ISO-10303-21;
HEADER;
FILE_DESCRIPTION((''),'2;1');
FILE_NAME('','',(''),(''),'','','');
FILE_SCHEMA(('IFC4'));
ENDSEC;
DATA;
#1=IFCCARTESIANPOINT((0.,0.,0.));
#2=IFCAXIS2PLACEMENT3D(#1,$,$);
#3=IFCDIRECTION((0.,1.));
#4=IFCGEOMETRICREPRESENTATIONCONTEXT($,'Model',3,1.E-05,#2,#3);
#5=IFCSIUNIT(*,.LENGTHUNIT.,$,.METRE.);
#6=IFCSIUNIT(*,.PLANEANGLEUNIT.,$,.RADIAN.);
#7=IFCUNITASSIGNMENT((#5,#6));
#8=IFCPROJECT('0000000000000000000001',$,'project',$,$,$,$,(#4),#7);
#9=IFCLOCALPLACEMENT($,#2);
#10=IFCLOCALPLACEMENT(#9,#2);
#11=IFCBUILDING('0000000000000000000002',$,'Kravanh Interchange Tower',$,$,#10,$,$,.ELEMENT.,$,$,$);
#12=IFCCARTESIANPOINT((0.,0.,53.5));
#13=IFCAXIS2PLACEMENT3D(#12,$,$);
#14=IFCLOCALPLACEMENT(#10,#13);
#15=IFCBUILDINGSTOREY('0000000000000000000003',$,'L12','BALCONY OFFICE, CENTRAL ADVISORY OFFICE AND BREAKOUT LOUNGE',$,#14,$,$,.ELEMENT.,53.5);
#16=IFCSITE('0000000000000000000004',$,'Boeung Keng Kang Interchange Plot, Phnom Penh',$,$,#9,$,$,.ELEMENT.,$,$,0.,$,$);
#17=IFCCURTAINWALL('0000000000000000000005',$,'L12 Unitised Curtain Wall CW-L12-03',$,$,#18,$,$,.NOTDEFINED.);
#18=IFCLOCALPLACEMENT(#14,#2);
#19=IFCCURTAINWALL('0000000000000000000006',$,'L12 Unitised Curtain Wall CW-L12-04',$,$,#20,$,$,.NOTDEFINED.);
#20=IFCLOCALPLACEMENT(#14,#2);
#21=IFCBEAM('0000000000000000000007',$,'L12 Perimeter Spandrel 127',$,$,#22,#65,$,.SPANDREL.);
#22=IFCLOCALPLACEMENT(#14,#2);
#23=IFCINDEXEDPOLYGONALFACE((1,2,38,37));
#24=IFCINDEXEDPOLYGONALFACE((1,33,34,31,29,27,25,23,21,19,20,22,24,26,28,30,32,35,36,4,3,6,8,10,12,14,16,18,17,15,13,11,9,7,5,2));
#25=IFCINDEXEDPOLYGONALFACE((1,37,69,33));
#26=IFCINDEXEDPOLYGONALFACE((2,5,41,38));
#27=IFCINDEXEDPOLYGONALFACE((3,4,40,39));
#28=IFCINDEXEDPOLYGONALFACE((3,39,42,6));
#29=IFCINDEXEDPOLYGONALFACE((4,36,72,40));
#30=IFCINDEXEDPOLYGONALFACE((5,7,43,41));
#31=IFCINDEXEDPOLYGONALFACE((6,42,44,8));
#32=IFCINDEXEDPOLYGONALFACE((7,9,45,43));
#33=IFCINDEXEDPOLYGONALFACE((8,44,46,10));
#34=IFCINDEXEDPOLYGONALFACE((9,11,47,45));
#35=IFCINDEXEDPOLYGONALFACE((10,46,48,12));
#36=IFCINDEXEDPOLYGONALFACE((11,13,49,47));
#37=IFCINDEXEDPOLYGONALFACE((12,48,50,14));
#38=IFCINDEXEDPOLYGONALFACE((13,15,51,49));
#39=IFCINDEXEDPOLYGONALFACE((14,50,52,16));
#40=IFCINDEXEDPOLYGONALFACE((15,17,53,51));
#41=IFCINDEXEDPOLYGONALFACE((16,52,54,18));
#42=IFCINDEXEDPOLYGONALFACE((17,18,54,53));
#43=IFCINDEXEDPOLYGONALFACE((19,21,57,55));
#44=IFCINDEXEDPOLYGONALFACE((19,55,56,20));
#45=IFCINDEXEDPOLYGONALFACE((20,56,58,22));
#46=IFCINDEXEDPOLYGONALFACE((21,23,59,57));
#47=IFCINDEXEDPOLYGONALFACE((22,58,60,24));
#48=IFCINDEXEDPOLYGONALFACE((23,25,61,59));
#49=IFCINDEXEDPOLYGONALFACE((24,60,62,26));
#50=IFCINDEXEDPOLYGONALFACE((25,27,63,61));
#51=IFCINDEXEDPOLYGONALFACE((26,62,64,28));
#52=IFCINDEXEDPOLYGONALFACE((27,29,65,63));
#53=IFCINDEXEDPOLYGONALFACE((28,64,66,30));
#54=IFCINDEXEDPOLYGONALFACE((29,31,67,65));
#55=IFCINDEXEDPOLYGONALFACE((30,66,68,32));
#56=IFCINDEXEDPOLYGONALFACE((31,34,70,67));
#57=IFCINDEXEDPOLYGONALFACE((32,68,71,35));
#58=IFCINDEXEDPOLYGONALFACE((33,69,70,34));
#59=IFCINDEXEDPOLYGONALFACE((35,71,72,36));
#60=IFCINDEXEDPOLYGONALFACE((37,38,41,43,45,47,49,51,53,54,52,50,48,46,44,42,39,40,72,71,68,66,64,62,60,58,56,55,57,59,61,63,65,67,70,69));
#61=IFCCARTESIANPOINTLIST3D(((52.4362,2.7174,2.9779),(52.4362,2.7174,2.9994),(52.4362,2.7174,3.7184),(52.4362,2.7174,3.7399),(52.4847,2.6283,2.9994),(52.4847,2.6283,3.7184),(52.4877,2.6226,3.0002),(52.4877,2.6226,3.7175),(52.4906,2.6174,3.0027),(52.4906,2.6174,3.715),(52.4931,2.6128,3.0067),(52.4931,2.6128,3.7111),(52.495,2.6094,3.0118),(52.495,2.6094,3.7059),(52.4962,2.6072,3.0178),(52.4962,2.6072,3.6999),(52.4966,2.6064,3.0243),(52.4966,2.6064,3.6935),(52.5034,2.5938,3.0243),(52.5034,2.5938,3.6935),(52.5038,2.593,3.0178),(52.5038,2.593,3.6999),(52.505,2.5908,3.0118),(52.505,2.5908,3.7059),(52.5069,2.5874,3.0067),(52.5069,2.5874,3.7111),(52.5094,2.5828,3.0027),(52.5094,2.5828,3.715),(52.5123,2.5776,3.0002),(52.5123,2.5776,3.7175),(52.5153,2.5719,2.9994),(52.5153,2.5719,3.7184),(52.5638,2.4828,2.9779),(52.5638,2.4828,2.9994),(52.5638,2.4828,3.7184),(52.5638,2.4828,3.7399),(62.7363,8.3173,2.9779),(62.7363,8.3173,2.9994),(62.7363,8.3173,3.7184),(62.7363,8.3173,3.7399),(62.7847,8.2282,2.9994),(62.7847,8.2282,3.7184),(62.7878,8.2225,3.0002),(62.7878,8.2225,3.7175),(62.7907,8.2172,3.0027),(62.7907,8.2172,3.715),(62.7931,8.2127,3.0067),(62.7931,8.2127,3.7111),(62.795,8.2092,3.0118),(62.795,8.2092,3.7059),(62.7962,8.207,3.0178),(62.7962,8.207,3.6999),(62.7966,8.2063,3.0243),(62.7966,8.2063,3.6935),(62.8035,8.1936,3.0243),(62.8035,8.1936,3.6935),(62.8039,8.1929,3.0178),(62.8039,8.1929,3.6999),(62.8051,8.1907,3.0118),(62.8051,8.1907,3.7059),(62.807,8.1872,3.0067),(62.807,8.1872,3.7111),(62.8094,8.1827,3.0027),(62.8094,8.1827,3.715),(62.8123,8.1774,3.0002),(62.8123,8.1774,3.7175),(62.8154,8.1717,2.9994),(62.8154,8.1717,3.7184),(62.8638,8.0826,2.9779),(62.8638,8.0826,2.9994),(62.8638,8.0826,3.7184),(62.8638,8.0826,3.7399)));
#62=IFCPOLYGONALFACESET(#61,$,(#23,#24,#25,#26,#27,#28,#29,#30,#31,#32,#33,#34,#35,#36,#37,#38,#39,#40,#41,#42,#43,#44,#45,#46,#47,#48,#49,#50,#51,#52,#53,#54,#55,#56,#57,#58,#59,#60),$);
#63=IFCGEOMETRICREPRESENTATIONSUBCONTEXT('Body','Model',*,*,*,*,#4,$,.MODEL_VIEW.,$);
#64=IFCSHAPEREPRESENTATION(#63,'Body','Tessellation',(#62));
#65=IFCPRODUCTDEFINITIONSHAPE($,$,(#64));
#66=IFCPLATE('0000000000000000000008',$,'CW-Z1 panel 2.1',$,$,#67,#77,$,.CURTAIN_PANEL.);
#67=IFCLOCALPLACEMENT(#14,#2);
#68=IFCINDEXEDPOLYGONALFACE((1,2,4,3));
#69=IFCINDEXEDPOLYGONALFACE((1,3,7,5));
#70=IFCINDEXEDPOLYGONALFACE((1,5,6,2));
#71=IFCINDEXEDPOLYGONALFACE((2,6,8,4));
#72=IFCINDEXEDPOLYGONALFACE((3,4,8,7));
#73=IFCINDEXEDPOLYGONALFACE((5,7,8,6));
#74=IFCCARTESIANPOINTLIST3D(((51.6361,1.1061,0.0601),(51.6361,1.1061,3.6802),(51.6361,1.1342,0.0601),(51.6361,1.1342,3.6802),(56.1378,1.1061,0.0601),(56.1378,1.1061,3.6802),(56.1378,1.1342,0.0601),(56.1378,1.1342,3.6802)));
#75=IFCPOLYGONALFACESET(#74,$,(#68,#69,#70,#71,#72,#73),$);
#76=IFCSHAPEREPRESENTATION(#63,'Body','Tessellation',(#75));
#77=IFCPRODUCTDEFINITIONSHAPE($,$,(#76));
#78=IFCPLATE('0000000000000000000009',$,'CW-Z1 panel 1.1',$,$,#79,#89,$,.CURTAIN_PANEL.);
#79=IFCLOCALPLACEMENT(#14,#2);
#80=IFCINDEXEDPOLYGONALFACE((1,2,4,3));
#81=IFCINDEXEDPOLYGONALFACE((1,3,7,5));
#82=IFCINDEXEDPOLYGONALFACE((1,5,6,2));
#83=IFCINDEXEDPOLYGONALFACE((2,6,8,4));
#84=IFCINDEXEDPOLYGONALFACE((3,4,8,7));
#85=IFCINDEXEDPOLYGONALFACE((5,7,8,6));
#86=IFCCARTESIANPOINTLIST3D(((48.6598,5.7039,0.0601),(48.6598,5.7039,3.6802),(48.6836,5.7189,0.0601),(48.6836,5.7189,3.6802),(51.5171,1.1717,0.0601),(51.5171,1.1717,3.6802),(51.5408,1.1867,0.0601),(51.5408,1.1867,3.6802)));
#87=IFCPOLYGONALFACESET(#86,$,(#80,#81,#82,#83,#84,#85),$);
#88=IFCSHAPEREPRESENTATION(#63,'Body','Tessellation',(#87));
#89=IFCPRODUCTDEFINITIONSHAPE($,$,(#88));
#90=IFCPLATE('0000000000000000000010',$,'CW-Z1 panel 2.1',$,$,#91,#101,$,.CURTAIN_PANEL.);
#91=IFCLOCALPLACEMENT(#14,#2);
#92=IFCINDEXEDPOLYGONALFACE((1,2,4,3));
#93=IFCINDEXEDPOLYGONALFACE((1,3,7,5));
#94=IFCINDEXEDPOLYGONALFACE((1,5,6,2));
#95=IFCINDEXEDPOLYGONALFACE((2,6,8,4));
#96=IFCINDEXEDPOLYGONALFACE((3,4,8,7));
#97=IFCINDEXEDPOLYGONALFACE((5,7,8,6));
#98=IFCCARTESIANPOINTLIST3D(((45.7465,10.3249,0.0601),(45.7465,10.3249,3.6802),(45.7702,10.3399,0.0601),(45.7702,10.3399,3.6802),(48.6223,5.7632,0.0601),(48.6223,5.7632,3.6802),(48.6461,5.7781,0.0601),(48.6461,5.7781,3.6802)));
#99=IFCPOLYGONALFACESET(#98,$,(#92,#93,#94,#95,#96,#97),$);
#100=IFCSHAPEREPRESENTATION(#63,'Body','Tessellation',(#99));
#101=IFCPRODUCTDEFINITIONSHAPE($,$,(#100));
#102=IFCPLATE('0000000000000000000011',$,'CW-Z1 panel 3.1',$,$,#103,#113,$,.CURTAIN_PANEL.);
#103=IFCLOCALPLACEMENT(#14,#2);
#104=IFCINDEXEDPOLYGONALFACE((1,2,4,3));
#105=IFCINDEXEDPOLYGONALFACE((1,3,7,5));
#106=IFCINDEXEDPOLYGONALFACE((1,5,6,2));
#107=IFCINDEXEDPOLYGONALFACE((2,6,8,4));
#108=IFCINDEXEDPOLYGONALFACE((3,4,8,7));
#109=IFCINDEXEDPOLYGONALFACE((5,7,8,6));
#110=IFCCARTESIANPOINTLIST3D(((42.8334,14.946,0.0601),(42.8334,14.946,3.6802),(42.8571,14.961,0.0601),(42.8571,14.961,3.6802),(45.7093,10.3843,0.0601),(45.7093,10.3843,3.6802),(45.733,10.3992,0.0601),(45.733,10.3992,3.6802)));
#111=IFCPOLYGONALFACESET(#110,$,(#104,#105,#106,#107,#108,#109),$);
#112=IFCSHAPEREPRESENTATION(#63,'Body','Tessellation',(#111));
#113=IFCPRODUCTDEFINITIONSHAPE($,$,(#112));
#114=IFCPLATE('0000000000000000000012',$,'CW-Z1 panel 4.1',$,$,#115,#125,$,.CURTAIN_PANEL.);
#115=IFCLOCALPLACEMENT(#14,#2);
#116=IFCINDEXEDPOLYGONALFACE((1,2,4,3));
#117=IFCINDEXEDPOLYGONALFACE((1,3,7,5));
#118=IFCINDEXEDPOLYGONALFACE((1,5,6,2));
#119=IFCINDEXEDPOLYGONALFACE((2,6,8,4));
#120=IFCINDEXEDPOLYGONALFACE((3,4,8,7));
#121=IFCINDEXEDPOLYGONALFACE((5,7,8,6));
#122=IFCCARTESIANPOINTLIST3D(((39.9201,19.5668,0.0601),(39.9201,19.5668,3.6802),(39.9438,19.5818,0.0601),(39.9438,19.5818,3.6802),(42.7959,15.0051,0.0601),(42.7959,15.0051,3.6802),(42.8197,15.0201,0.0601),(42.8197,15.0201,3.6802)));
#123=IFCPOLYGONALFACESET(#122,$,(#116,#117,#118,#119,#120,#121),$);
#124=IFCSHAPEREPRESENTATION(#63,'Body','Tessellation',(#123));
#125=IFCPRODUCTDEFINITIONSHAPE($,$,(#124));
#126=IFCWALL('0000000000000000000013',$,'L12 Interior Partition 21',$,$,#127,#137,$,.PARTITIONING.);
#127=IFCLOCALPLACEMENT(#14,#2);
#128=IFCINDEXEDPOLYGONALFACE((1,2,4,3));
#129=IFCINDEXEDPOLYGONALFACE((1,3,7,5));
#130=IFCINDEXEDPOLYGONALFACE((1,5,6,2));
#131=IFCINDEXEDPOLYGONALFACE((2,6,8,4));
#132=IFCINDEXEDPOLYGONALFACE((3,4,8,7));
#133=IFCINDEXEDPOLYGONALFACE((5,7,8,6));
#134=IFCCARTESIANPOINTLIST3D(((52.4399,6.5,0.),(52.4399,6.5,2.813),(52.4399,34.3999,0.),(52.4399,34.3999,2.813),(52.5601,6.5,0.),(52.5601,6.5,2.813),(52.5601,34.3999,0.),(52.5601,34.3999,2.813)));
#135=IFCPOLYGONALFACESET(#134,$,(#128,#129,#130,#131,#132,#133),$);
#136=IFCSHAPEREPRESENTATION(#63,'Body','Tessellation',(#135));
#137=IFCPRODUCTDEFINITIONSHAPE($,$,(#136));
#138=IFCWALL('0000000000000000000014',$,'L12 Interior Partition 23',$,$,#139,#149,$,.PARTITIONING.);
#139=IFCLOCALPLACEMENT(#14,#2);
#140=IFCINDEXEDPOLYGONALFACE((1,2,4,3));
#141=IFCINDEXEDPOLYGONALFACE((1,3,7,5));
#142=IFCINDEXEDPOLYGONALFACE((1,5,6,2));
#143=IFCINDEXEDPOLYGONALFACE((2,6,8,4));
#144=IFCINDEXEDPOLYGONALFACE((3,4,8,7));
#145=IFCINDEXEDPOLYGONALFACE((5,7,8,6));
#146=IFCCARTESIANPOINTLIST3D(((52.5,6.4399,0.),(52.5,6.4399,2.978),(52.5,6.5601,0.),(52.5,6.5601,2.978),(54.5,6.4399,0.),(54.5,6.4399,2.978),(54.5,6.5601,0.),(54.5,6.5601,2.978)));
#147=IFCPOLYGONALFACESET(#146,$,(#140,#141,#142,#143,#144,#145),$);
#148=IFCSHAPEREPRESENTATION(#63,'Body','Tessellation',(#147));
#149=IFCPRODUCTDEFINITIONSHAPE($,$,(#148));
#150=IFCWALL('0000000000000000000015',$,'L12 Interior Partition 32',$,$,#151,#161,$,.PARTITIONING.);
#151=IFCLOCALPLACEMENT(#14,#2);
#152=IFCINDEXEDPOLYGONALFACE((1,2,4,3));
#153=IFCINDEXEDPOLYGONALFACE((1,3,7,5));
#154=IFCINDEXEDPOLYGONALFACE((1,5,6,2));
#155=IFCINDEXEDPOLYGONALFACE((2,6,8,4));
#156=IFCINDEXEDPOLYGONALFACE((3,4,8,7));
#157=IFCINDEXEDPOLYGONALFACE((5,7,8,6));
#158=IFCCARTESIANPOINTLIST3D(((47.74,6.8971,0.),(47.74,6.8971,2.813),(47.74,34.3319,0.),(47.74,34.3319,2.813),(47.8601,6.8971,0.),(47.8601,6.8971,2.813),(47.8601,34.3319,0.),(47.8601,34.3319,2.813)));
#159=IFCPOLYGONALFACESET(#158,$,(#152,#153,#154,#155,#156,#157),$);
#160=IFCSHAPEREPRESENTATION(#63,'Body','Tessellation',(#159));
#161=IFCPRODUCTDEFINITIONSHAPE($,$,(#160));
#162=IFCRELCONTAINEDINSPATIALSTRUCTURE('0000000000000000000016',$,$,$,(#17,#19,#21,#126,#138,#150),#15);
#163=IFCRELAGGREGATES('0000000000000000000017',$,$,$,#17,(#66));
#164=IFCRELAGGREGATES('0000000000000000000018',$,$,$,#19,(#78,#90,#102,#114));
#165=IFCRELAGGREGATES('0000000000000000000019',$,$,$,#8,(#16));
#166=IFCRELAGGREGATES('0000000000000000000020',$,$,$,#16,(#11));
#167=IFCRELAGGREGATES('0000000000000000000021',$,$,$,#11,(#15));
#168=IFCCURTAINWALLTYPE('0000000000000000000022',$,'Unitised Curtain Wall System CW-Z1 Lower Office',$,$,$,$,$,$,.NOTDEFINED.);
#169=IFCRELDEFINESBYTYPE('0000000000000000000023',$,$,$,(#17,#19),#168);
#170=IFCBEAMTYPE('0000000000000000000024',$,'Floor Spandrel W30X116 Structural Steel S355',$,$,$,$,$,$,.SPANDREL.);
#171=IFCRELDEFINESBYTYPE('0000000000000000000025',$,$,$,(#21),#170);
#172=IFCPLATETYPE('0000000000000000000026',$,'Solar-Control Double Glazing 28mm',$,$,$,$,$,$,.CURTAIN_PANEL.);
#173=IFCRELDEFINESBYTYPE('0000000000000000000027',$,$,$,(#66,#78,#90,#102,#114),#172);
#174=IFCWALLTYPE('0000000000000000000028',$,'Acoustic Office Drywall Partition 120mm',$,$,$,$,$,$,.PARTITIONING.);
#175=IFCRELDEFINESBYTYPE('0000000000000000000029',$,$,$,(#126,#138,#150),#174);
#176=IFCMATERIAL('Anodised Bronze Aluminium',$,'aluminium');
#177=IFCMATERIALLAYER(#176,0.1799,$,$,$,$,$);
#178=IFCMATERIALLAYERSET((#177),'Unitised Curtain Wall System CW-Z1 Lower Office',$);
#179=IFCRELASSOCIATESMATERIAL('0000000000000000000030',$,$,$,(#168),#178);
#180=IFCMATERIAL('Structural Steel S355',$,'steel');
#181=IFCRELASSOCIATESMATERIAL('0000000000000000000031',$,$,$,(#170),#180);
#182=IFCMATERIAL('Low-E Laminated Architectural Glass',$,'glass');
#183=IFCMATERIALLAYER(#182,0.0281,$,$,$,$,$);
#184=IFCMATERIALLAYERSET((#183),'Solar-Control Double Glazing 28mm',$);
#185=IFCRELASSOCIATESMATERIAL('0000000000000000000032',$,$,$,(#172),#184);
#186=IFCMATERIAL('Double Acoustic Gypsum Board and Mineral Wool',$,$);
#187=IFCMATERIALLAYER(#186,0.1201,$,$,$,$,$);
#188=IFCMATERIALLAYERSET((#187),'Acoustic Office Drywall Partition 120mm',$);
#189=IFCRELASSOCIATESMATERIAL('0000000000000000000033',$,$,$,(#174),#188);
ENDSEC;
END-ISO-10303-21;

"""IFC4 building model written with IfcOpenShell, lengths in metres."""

from ifc_helpers import new_model, si_unit, direction, frame, frame_2d, origin, origin_2d, place, context, subcontext, project, spatial, rectangle, i_section, extrude, material, layer, layer_set, material_profile, profile_set, type_object, element, aggregate, save


model = new_model("IFC4")

# Units and contexts
model_context = context("Model", 3, precision=1e-05, world=origin(), true_north=direction((0.0, 1.0)))
body_context = subcontext(model_context, "Body", "Model", "MODEL_VIEW")
ifc_project = project(units=[si_unit("LENGTHUNIT", "METRE"), si_unit("PLANEANGLEUNIT", "RADIAN")], contexts=[model_context])

# Site, building, storey
site_placement = place(None, origin())
site = spatial("IfcSite", under=ifc_project, at=site_placement, Name="Boeung Keng Kang Interchange Plot, Phnom Penh", CompositionType="ELEMENT", RefElevation=0.0)
building_placement = place(site_placement, origin())
building = spatial("IfcBuilding", under=site, at=building_placement, Name="Kravanh Interchange Tower", CompositionType="ELEMENT")
storey_placement = place(building_placement, frame((0.0, 0.0, 53.5)))
storey = spatial("IfcBuildingStorey", under=building, at=storey_placement, Name="L12", Description="BALCONY OFFICE, CENTRAL ADVISORY OFFICE AND BREAKOUT LOUNGE", CompositionType="ELEMENT", Elevation=53.5)

# Curtain wall
ifc_material_1 = material(Name="Anodised Bronze Aluminium", Category="aluminium")
ifc_layer_1 = layer(ifc_material_1, 0.1799)
ifc_layer_set_1 = layer_set([ifc_layer_1], Name="Unitised Curtain Wall System CW-Z1 Lower Office")
curtain_wall_type = type_object("IfcCurtainWallType", Name="Unitised Curtain Wall System CW-Z1 Lower Office", PredefinedType="NOTDEFINED", material=ifc_layer_set_1)
curtain_wall_1_placement = place(storey_placement, origin())
curtain_wall_1 = element("IfcCurtainWall", 1, at=curtain_wall_1_placement, inside=storey, type_object=curtain_wall_type, Name="L12 Unitised Curtain Wall CW-L12-03", PredefinedType="NOTDEFINED")

# Curtain wall
curtain_wall_2_placement = place(storey_placement, origin())
curtain_wall_2 = element("IfcCurtainWall", 2, at=curtain_wall_2_placement, inside=storey, type_object=curtain_wall_type, Name="L12 Unitised Curtain Wall CW-L12-04", PredefinedType="NOTDEFINED")

# Beam
ifc_material_2 = material(Name="Structural Steel S355", Category="steel")
ifc_material_profile_1 = material_profile(ifc_material_2, i_section(OverallWidth=0.2671, OverallDepth=0.762, WebThickness=0.0144, FlangeThickness=0.0215, FilletRadius=0.0249, at=origin_2d()), Name="W30X116")
ifc_profile_set_1 = profile_set([ifc_material_profile_1], Name="Structural Steel S355")
beam_type = type_object("IfcBeamType", Name="Floor Spandrel W30X116 Structural Steel S355", PredefinedType="SPANDREL", material=ifc_profile_set_1)
beam_1_placement = place(storey_placement, frame((52.5, 2.6001, 3.3589), z_axis=(0.878553, 0.477645, 0.0), x_axis=(-0.477645, 0.878553, 0.0)))
element("IfcBeam", 3, at=beam_1_placement, inside=storey, type_object=beam_type, Name="L12 Perimeter Spandrel 127", PredefinedType="SPANDREL", context=body_context, shape_type="SweptSolid", body=[
    extrude(i_section(OverallWidth=0.2671, OverallDepth=0.762, WebThickness=0.0144, FlangeThickness=0.0215, FilletRadius=0.0249, at=origin_2d()), origin(), (0.0, 0.0, 1.0), 11.7239),
])

# Plates
ifc_material_3 = material(Name="Low-E Laminated Architectural Glass", Category="glass")
ifc_layer_2 = layer(ifc_material_3, 0.0281)
ifc_layer_set_2 = layer_set([ifc_layer_2], Name="Solar-Control Double Glazing 28mm")
plate_type = type_object("IfcPlateType", Name="Solar-Control Double Glazing 28mm", PredefinedType="CURTAIN_PANEL", material=ifc_layer_set_2)
plate_1_placement = place(storey_placement, frame((53.887, 1.1201, 0.0601), z_axis=(0.0, 0.0, 1.0), x_axis=(-1.0, 0.0, 0.0)))
plate_1 = element("IfcPlate", 4, at=plate_1_placement, type_object=plate_type, Name="CW-Z1 panel 2.1", PredefinedType="CURTAIN_PANEL", context=body_context, shape_type="SweptSolid", body=[
    extrude(rectangle(XDim=4.5017, YDim=0.0281, at=origin_2d()), origin(), (0.0, 0.0, 1.0), 3.6201),
])
aggregate(curtain_wall_1, [plate_1])
plate_2_placement = place(storey_placement, frame((50.1003, 3.4453, 0.0601), z_axis=(0.0, 0.0, 1.0), x_axis=(-0.533301, 0.845926, 0.0)))
plate_2 = element("IfcPlate", 5, at=plate_2_placement, type_object=plate_type, Name="CW-Z1 panel 1.1", PredefinedType="CURTAIN_PANEL", context=body_context, shape_type="SweptSolid", body=[
    extrude(rectangle(XDim=5.3577, YDim=0.0281, at=origin_2d()), origin(), (0.0, 0.0, 1.0), 3.6201),
])
plate_3_placement = place(storey_placement, frame((47.1963, 8.0515, 0.0601), z_axis=(0.0, 0.0, 1.0), x_axis=(-0.533301, 0.845926, 0.0)))
plate_3 = element("IfcPlate", 6, at=plate_3_placement, type_object=plate_type, Name="CW-Z1 panel 2.1", PredefinedType="CURTAIN_PANEL", context=body_context, shape_type="SweptSolid", body=[
    extrude(rectangle(XDim=5.3926, YDim=0.0281, at=origin_2d()), origin(), (0.0, 0.0, 1.0), 3.6201),
])
plate_4_placement = place(storey_placement, frame((44.2832, 12.6726, 0.0601), z_axis=(0.0, 0.0, 1.0), x_axis=(-0.533301, 0.845926, 0.0)))
plate_4 = element("IfcPlate", 7, at=plate_4_placement, type_object=plate_type, Name="CW-Z1 panel 3.1", PredefinedType="CURTAIN_PANEL", context=body_context, shape_type="SweptSolid", body=[
    extrude(rectangle(XDim=5.3926, YDim=0.0281, at=origin_2d()), origin(), (0.0, 0.0, 1.0), 3.6201),
])
plate_5_placement = place(storey_placement, frame((41.3699, 17.2935, 0.0601), z_axis=(0.0, 0.0, 1.0), x_axis=(-0.533301, 0.845926, 0.0)))
plate_5 = element("IfcPlate", 8, at=plate_5_placement, type_object=plate_type, Name="CW-Z1 panel 4.1", PredefinedType="CURTAIN_PANEL", context=body_context, shape_type="SweptSolid", body=[
    extrude(rectangle(XDim=5.3926, YDim=0.0281, at=origin_2d()), origin(), (0.0, 0.0, 1.0), 3.6201),
])
aggregate(curtain_wall_2, [plate_2, plate_3, plate_4, plate_5])

# Walls
ifc_material_4 = material(Name="Double Acoustic Gypsum Board and Mineral Wool")
ifc_layer_3 = layer(ifc_material_4, 0.1201)
ifc_layer_set_3 = layer_set([ifc_layer_3], Name="Acoustic Office Drywall Partition 120mm")
wall_type = type_object("IfcWallType", Name="Acoustic Office Drywall Partition 120mm", PredefinedType="PARTITIONING", material=ifc_layer_set_3)
wall_1_placement = place(storey_placement, frame((52.5, 6.5, 0.0), z_axis=(0.0, 0.0, 1.0), x_axis=(0.0, 1.0, 0.0)))
element("IfcWall", 9, at=wall_1_placement, inside=storey, type_object=wall_type, Name="L12 Interior Partition 21", PredefinedType="PARTITIONING", context=body_context, shape_type="SweptSolid", body=[
    extrude(rectangle(XDim=27.8999, YDim=0.1201, at=frame_2d((13.95, 0.0))), origin(), (0.0, 0.0, 1.0), 2.813),
])
wall_2_placement = place(storey_placement, frame((52.5, 6.5, 0.0), z_axis=(0.0, 0.0, 1.0), x_axis=(1.0, 0.0, 0.0)))
element("IfcWall", 10, at=wall_2_placement, inside=storey, type_object=wall_type, Name="L12 Interior Partition 23", PredefinedType="PARTITIONING", context=body_context, shape_type="SweptSolid", body=[
    extrude(rectangle(XDim=2.0, YDim=0.1201, at=frame_2d((1.0, 0.0))), origin(), (0.0, 0.0, 1.0), 2.978),
])
wall_3_placement = place(storey_placement, frame((47.8, 6.8972, 0.0), z_axis=(0.0, 0.0, 1.0), x_axis=(0.0, 1.0, 0.0)))
element("IfcWall", 11, at=wall_3_placement, inside=storey, type_object=wall_type, Name="L12 Interior Partition 32", PredefinedType="PARTITIONING", context=body_context, shape_type="SweptSolid", body=[
    extrude(rectangle(XDim=27.4348, YDim=0.1201, at=frame_2d((13.7173, 0.0))), origin(), (0.0, 0.0, 1.0), 2.813),
])

save(model, "model.ifc")
